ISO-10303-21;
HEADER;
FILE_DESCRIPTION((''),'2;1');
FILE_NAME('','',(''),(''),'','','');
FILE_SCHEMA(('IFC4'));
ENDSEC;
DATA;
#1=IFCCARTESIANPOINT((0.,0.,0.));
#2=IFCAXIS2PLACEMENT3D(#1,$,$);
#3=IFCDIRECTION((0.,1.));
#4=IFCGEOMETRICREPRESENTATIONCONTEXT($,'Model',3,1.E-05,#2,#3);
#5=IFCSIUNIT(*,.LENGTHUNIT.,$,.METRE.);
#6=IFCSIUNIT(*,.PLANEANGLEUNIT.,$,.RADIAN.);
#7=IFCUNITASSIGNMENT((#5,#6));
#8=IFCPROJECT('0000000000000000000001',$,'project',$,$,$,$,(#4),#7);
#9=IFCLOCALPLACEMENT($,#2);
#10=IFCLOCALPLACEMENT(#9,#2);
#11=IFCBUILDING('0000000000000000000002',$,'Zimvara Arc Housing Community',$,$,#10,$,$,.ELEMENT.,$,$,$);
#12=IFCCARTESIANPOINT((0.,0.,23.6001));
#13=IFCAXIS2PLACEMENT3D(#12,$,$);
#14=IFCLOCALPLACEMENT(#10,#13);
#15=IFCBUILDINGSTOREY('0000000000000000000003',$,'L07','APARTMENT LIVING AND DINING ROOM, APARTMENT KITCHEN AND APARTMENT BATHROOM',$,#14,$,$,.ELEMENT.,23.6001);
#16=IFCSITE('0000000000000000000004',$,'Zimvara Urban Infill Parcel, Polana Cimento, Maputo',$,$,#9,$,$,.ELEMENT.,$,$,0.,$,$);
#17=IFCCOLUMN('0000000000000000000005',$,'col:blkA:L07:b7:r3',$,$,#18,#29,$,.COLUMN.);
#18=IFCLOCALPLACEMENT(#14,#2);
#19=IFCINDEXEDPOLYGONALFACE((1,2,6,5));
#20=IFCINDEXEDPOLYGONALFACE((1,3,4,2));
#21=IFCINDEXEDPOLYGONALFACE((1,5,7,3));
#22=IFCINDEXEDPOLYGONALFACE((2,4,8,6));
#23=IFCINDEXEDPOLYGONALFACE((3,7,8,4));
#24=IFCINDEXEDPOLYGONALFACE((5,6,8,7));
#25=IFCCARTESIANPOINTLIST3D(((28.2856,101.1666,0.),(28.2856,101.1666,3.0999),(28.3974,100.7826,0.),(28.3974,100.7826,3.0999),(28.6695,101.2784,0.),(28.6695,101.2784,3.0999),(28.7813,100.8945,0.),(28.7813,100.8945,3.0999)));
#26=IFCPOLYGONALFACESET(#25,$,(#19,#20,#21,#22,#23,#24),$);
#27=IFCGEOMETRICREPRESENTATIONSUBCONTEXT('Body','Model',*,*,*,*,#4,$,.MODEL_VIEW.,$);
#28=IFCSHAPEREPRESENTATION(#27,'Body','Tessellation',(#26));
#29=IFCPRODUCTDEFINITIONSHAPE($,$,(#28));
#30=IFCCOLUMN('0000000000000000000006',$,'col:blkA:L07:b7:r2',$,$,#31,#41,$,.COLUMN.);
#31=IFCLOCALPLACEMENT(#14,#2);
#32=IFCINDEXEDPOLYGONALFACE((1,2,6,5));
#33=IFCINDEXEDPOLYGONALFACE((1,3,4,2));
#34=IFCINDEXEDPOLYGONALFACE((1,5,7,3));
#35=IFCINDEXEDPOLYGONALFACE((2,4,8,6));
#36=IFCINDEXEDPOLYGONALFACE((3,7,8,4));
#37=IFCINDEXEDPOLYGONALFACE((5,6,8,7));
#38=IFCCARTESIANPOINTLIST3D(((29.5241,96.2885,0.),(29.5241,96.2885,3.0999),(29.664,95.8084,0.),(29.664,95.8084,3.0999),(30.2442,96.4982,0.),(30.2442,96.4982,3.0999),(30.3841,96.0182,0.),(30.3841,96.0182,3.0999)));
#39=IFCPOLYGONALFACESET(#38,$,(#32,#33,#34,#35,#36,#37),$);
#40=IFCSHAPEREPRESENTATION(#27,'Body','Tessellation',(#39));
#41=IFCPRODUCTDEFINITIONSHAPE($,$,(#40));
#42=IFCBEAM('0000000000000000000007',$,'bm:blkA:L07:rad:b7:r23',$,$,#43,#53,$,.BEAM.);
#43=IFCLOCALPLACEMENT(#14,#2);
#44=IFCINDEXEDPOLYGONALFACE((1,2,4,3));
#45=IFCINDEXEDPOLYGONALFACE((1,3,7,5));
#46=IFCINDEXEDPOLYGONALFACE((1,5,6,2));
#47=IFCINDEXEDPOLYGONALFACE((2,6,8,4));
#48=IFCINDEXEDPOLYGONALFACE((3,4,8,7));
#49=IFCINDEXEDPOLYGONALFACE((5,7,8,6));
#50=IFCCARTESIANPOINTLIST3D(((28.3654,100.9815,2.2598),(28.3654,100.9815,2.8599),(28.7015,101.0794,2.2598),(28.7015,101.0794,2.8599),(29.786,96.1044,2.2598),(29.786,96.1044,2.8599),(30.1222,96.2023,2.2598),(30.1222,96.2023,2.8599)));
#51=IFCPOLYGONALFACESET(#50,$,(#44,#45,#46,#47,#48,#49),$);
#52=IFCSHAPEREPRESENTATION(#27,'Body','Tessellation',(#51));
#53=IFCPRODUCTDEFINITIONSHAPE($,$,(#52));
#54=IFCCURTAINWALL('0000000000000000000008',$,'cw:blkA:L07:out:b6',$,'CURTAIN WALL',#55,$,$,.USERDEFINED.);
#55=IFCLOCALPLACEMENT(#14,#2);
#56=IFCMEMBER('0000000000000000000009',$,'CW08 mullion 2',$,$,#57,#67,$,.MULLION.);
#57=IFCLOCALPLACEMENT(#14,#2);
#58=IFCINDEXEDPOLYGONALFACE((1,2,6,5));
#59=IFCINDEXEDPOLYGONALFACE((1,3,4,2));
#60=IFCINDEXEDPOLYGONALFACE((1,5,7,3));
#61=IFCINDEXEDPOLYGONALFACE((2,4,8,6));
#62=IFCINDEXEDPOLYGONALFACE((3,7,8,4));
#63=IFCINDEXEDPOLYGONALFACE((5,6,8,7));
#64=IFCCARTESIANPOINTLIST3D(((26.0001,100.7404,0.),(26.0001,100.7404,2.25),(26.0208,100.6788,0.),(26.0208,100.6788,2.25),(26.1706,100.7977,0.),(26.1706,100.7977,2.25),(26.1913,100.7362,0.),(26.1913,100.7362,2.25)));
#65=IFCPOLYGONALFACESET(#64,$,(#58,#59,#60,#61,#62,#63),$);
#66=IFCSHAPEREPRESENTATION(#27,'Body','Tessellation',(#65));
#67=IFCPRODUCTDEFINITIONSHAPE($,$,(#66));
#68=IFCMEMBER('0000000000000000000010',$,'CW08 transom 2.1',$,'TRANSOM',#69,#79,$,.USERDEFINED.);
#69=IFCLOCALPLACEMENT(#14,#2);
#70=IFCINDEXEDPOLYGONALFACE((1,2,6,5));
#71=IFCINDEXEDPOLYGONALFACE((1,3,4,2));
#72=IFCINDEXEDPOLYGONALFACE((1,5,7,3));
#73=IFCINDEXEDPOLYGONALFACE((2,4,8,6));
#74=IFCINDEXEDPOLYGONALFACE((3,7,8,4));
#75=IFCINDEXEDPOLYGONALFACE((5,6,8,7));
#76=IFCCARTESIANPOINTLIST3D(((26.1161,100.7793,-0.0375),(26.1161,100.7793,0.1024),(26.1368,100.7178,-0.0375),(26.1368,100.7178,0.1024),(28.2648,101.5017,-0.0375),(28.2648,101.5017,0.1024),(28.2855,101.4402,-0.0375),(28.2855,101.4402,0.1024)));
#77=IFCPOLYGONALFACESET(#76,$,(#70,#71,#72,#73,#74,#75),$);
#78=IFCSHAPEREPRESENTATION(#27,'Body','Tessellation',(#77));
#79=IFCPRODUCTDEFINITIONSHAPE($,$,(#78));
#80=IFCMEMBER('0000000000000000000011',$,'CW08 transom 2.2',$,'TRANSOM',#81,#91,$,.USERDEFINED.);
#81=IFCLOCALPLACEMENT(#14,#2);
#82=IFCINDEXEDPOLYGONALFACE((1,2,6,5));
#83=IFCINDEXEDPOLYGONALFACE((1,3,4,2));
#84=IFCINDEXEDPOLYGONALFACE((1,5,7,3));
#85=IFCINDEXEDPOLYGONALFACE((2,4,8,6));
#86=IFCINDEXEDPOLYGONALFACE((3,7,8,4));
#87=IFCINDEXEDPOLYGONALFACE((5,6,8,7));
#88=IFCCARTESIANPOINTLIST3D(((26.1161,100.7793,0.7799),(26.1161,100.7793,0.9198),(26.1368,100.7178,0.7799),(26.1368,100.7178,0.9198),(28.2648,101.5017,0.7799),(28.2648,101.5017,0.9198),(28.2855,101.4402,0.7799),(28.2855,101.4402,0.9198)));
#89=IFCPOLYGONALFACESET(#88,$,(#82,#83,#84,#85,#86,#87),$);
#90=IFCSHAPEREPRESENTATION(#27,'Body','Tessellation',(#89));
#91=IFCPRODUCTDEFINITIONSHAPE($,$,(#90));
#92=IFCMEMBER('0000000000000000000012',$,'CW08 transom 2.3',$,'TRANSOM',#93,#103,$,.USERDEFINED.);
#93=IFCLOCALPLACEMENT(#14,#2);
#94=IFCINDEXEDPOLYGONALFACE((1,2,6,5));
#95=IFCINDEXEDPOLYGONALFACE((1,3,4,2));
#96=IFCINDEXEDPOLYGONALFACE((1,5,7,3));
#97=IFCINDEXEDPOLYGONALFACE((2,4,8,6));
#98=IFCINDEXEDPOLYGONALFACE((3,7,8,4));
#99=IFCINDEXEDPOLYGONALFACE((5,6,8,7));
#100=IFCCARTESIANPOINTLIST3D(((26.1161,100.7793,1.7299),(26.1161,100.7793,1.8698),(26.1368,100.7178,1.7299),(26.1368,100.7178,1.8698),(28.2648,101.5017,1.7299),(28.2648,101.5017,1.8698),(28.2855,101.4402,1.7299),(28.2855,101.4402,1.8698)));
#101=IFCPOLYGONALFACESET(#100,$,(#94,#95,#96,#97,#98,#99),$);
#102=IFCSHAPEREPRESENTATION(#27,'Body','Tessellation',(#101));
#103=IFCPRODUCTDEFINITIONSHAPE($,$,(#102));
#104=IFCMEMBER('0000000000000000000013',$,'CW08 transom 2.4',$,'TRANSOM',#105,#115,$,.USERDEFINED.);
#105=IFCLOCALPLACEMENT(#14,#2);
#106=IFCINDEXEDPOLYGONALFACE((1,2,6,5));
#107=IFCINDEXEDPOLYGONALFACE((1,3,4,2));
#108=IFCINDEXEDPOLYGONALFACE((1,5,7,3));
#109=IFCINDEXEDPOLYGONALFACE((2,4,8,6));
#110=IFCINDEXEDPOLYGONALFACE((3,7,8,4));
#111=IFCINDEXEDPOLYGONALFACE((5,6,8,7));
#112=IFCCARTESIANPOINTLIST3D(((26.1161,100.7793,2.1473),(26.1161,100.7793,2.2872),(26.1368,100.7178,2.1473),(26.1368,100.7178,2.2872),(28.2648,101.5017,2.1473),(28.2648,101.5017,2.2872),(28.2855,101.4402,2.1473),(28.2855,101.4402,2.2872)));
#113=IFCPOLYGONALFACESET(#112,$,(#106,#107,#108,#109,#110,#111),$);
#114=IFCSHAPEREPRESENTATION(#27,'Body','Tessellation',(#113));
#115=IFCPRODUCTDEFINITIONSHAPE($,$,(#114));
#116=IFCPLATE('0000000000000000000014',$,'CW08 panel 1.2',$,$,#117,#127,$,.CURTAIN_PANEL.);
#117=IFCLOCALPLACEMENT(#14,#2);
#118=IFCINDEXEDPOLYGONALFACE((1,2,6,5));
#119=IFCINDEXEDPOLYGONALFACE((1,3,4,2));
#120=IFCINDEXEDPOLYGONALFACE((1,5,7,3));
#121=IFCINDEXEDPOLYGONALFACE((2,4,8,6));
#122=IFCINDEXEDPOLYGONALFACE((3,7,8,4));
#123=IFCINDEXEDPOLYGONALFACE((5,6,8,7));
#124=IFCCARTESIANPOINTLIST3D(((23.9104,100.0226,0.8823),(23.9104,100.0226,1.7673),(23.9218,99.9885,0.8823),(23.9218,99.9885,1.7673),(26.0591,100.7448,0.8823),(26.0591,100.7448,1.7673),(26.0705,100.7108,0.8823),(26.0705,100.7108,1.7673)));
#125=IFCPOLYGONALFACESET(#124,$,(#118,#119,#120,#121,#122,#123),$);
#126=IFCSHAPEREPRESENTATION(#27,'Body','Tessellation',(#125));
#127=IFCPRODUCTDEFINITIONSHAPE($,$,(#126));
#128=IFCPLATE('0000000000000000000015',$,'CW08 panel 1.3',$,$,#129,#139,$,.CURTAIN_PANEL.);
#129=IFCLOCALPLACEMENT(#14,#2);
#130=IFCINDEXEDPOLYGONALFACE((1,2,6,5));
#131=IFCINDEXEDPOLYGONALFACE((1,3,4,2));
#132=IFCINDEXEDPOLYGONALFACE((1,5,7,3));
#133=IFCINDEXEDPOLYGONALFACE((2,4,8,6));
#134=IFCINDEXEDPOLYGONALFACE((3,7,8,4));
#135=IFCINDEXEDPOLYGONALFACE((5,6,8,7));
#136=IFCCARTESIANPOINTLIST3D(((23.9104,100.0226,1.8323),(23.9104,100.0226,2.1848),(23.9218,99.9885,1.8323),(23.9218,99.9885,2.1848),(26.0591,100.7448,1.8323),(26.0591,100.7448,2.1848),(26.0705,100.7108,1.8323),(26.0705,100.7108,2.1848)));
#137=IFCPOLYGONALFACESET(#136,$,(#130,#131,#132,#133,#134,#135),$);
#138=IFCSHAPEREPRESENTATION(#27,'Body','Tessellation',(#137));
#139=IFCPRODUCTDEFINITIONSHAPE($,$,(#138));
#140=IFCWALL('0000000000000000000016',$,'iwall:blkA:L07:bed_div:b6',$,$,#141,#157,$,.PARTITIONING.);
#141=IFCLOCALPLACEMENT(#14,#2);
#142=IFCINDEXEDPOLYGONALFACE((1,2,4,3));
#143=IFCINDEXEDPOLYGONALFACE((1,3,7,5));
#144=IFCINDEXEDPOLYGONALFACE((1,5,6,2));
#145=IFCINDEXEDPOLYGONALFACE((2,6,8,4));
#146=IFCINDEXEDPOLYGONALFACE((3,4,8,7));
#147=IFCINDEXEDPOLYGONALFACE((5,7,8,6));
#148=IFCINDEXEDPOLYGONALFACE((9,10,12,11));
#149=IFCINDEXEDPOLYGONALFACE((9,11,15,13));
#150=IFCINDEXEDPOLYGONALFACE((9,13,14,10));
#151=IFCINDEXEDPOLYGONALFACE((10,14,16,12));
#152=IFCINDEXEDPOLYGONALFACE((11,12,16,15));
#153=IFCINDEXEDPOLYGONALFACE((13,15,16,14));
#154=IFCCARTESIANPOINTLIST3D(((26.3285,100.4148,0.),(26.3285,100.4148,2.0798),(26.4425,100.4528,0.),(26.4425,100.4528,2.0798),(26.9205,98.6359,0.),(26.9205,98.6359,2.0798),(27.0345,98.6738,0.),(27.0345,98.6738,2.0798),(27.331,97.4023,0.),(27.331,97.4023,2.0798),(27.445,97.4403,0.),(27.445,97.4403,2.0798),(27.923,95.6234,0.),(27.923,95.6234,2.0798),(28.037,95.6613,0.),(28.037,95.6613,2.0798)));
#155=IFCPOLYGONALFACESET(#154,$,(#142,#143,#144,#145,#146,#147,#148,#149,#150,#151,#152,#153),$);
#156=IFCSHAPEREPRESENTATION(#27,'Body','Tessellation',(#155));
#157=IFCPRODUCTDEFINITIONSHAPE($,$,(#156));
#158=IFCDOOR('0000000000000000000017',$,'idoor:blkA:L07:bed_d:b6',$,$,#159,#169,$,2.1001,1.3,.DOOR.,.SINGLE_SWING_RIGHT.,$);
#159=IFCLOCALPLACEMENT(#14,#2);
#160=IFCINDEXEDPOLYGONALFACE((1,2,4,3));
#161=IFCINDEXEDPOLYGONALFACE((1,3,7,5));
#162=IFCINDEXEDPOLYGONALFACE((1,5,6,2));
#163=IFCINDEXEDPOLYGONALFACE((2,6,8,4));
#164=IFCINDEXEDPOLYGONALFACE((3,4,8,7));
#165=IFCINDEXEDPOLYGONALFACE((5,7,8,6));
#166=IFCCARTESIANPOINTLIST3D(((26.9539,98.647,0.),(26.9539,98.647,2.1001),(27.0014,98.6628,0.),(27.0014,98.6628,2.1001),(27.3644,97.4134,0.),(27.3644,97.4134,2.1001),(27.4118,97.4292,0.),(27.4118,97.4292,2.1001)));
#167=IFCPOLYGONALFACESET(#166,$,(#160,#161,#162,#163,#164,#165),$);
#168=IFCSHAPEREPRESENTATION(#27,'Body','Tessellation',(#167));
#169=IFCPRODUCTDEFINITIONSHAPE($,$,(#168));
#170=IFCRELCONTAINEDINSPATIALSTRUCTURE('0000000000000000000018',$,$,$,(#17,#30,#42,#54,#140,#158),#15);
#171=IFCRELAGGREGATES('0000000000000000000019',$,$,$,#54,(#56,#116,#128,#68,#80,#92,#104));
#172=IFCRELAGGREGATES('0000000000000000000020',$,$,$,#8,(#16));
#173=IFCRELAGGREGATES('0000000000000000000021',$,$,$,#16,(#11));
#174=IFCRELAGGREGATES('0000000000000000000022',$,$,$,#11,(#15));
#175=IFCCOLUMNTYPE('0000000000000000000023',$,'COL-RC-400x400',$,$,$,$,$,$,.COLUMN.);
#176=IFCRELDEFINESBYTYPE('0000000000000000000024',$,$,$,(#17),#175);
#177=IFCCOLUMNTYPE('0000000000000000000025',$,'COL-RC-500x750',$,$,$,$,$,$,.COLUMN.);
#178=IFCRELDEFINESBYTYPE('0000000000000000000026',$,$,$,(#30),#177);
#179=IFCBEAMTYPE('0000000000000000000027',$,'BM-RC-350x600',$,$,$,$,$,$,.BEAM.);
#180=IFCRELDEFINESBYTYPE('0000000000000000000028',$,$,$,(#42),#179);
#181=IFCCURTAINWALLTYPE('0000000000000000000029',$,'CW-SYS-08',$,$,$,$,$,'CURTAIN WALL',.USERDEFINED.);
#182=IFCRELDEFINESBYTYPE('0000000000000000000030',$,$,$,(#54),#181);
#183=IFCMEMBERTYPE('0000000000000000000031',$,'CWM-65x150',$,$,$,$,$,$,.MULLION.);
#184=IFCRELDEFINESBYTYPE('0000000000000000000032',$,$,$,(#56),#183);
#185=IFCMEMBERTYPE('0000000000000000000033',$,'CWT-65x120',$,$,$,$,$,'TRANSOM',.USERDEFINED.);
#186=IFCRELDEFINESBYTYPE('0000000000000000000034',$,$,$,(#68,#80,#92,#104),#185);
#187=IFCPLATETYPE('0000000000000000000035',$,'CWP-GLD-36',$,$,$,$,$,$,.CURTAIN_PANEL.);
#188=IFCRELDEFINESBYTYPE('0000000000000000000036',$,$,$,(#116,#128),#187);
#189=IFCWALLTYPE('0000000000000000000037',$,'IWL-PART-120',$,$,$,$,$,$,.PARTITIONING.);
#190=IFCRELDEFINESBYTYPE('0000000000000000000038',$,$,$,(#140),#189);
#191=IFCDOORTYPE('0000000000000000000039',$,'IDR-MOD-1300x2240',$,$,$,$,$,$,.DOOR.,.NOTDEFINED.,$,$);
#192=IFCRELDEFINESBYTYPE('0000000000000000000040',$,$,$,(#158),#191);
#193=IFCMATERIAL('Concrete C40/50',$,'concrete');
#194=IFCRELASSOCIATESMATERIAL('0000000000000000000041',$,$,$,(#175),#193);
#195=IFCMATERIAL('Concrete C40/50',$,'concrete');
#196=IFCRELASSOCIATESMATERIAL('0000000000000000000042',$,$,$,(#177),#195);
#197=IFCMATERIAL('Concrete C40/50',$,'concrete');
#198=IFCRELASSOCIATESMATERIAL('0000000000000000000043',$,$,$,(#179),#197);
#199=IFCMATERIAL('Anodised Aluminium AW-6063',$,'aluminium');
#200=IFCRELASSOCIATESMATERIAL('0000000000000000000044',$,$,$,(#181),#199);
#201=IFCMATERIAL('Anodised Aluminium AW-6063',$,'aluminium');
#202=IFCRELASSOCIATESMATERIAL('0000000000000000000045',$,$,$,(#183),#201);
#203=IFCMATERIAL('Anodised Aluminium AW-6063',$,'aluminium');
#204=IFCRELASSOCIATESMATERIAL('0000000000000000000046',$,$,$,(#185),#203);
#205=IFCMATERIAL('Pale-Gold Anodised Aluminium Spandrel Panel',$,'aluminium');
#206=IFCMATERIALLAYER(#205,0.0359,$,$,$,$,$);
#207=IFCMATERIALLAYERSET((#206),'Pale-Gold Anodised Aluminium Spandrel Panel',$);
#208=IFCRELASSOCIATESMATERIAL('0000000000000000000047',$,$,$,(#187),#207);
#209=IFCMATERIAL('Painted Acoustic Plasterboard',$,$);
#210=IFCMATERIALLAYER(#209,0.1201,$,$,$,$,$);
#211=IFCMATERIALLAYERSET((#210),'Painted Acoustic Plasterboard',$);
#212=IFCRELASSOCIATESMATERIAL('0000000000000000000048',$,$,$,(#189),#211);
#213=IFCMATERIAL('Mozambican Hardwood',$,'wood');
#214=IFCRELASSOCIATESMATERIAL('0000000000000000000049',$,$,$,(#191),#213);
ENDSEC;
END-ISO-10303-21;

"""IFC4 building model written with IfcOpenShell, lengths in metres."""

from ifc_helpers import new_model, si_unit, direction, frame, frame_2d, origin, origin_2d, place, context, subcontext, project, spatial, rectangle, extrude, material, layer, layer_set, material_profile, profile_set, type_object, element, fill, aggregate, save


model = new_model("IFC4")

# Units and contexts
model_context = context("Model", 3, precision=1e-05, world=origin(), true_north=direction((0.0, 1.0)))
body_context = subcontext(model_context, "Body", "Model", "MODEL_VIEW")
ifc_project = project(units=[si_unit("LENGTHUNIT", "METRE"), si_unit("PLANEANGLEUNIT", "RADIAN")], contexts=[model_context])

# Site, building, storey
site_placement = place(None, origin())
site = spatial("IfcSite", under=ifc_project, at=site_placement, Name="Zimvara Urban Infill Parcel, Polana Cimento, Maputo", CompositionType="ELEMENT", RefElevation=0.0)
building_placement = place(site_placement, origin())
building = spatial("IfcBuilding", under=site, at=building_placement, Name="Zimvara Arc Housing Community", CompositionType="ELEMENT")
storey_placement = place(building_placement, frame((0.0, 0.0, 23.6001)))
storey = spatial("IfcBuildingStorey", under=building, at=storey_placement, Name="L07", Description="APARTMENT LIVING AND DINING ROOM, APARTMENT KITCHEN AND APARTMENT BATHROOM", CompositionType="ELEMENT", Elevation=23.6001)

# Columns
ifc_material_1 = material(Name="Concrete C40/50", Category="concrete")
ifc_material_profile_1 = material_profile(ifc_material_1, rectangle(XDim=0.3999, YDim=0.3999, at=origin_2d()), Name="RC 400x400")
ifc_profile_set_1 = profile_set([ifc_material_profile_1], Name="Concrete C40/50")
column_type_1 = type_object("IfcColumnType", Name="COL-RC-400x400", PredefinedType="COLUMN", material=ifc_profile_set_1)
column_1_placement = place(storey_placement, frame((28.5334, 101.0305, 0.0), z_axis=(0.0, 0.0, 1.0), x_axis=(-0.279661, 0.960099, 0.0)))
element("IfcColumn", 1, at=column_1_placement, inside=storey, type_object=column_type_1, Name="col:blkA:L07:b7:r3", PredefinedType="COLUMN", context=body_context, shape_type="SweptSolid", body=[
    extrude(rectangle(XDim=0.3999, YDim=0.3999, at=origin_2d()), origin(), (0.0, 0.0, 1.0), 3.0999),
])
ifc_material_2 = material(Name="Concrete C40/50", Category="concrete")
ifc_material_profile_2 = material_profile(ifc_material_2, rectangle(XDim=0.5, YDim=0.75, at=origin_2d()), Name="RC 500x750")
ifc_profile_set_2 = profile_set([ifc_material_profile_2], Name="Concrete C40/50")
column_type_2 = type_object("IfcColumnType", Name="COL-RC-500x750", PredefinedType="COLUMN", material=ifc_profile_set_2)
column_2_placement = place(storey_placement, frame((29.9541, 96.1533, 0.0), z_axis=(0.0, 0.0, 1.0), x_axis=(-0.279661, 0.960099, 0.0)))
element("IfcColumn", 2, at=column_2_placement, inside=storey, type_object=column_type_2, Name="col:blkA:L07:b7:r2", PredefinedType="COLUMN", context=body_context, shape_type="SweptSolid", body=[
    extrude(rectangle(XDim=0.5, YDim=0.75, at=origin_2d()), origin(), (0.0, 0.0, 1.0), 3.0999),
])

# Beam
ifc_material_3 = material(Name="Concrete C40/50", Category="concrete")
ifc_material_profile_3 = material_profile(ifc_material_3, rectangle(XDim=0.3501, YDim=0.6001, at=origin_2d()), Name="RC 350x600")
ifc_profile_set_3 = profile_set([ifc_material_profile_3], Name="Concrete C40/50")
beam_type = type_object("IfcBeamType", Name="BM-RC-350x600", PredefinedType="BEAM", material=ifc_profile_set_3)
beam_placement = place(storey_placement, frame((29.9541, 96.1533, 2.5598), z_axis=(-0.279662, 0.960098, 0.0), x_axis=(-0.960098, -0.279662, 0.0)))
element("IfcBeam", 3, at=beam_placement, inside=storey, type_object=beam_type, Name="bm:blkA:L07:rad:b7:r23", PredefinedType="BEAM", context=body_context, shape_type="SweptSolid", body=[
    extrude(rectangle(XDim=0.3501, YDim=0.6001, at=origin_2d()), origin(), (0.0, 0.0, 1.0), 5.0798),
])

# Curtain wall, members, plates
ifc_material_4 = material(Name="Anodised Aluminium AW-6063", Category="aluminium")
curtain_wall_type = type_object("IfcCurtainWallType", Name="CW-SYS-08", ElementType="CURTAIN WALL", PredefinedType="USERDEFINED", material=ifc_material_4)
curtain_wall_placement = place(storey_placement, origin())
curtain_wall = element("IfcCurtainWall", 4, at=curtain_wall_placement, inside=storey, type_object=curtain_wall_type, Name="cw:blkA:L07:out:b6", ObjectType="CURTAIN WALL", PredefinedType="USERDEFINED")
ifc_material_5 = material(Name="Anodised Aluminium AW-6063", Category="aluminium")
ifc_material_profile_4 = material_profile(ifc_material_5, rectangle(XDim=0.0649, YDim=0.1799, at=origin_2d()), Name="ALU 65x180")
ifc_profile_set_4 = profile_set([ifc_material_profile_4], Name="Anodised Aluminium AW-6063")
member_type_1 = type_object("IfcMemberType", Name="CWM-65x150", PredefinedType="MULLION", material=ifc_profile_set_4)
member_1_placement = place(storey_placement, frame((26.0957, 100.7383, 0.0), z_axis=(0.0, 0.0, 1.0), x_axis=(-0.318629, 0.94788, 0.0)))
member_1 = element("IfcMember", 5, at=member_1_placement, type_object=member_type_1, Name="CW08 mullion 2", PredefinedType="MULLION", context=body_context, shape_type="SweptSolid", body=[
    extrude(rectangle(XDim=0.0649, YDim=0.1799, at=origin_2d()), origin(), (0.0, 0.0, 1.0), 2.25),
])
ifc_material_6 = material(Name="Anodised Aluminium AW-6063", Category="aluminium")
ifc_material_profile_5 = material_profile(ifc_material_6, rectangle(XDim=0.0649, YDim=0.1399, at=origin_2d()), Name="ALU 65x140")
ifc_profile_set_5 = profile_set([ifc_material_profile_5], Name="Anodised Aluminium AW-6063")
member_type_2 = type_object("IfcMemberType", Name="CWT-65x120", ElementType="TRANSOM", PredefinedType="USERDEFINED", material=ifc_profile_set_5)
member_2_placement = place(storey_placement, frame((26.1265, 100.7485, 0.0325), z_axis=(0.947862, 0.318682, 0.0), x_axis=(-0.318682, 0.947862, 0.0)))
member_2 = element("IfcMember", 6, at=member_2_placement, type_object=member_type_2, Name="CW08 transom 2.1", ObjectType="TRANSOM", PredefinedType="USERDEFINED", context=body_context, shape_type="SweptSolid", body=[
    extrude(rectangle(XDim=0.0649, YDim=0.1399, at=origin_2d()), origin(), (0.0, 0.0, 1.0), 2.2668),
])
member_3_placement = place(storey_placement, frame((26.1265, 100.7485, 0.8499), z_axis=(0.947862, 0.318682, 0.0), x_axis=(-0.318682, 0.947862, 0.0)))
member_3 = element("IfcMember", 7, at=member_3_placement, type_object=member_type_2, Name="CW08 transom 2.2", ObjectType="TRANSOM", PredefinedType="USERDEFINED", context=body_context, shape_type="SweptSolid", body=[
    extrude(rectangle(XDim=0.0649, YDim=0.1399, at=origin_2d()), origin(), (0.0, 0.0, 1.0), 2.2668),
])
member_4_placement = place(storey_placement, frame((26.1265, 100.7485, 1.7998), z_axis=(0.947862, 0.318682, 0.0), x_axis=(-0.318682, 0.947862, 0.0)))
member_4 = element("IfcMember", 8, at=member_4_placement, type_object=member_type_2, Name="CW08 transom 2.3", ObjectType="TRANSOM", PredefinedType="USERDEFINED", context=body_context, shape_type="SweptSolid", body=[
    extrude(rectangle(XDim=0.0649, YDim=0.1399, at=origin_2d()), origin(), (0.0, 0.0, 1.0), 2.2668),
])
member_5_placement = place(storey_placement, frame((26.1265, 100.7485, 2.2173), z_axis=(0.947862, 0.318682, 0.0), x_axis=(-0.318682, 0.947862, 0.0)))
member_5 = element("IfcMember", 9, at=member_5_placement, type_object=member_type_2, Name="CW08 transom 2.4", ObjectType="TRANSOM", PredefinedType="USERDEFINED", context=body_context, shape_type="SweptSolid", body=[
    extrude(rectangle(XDim=0.0649, YDim=0.1399, at=origin_2d()), origin(), (0.0, 0.0, 1.0), 2.2668),
])
ifc_material_7 = material(Name="Pale-Gold Anodised Aluminium Spandrel Panel", Category="aluminium")
ifc_layer_1 = layer(ifc_material_7, 0.0359)
ifc_layer_set_1 = layer_set([ifc_layer_1], Name="Pale-Gold Anodised Aluminium Spandrel Panel")
plate_type = type_object("IfcPlateType", Name="CWP-GLD-36", PredefinedType="CURTAIN_PANEL", material=ifc_layer_set_1)
plate_1_placement = place(storey_placement, frame((24.9905, 100.3667, 0.8823), z_axis=(0.0, 0.0, 1.0), x_axis=(0.94788, 0.318629, 0.0)))
plate_1 = element("IfcPlate", 10, at=plate_1_placement, type_object=plate_type, Name="CW08 panel 1.2", PredefinedType="CURTAIN_PANEL", context=body_context, shape_type="SweptSolid", body=[
    extrude(rectangle(XDim=2.2668, YDim=0.0359, at=origin_2d()), origin(), (0.0, 0.0, 1.0), 0.885),
])
plate_2_placement = place(storey_placement, frame((24.9905, 100.3667, 1.8323), z_axis=(0.0, 0.0, 1.0), x_axis=(0.94788, 0.318629, 0.0)))
plate_2 = element("IfcPlate", 11, at=plate_2_placement, type_object=plate_type, Name="CW08 panel 1.3", PredefinedType="CURTAIN_PANEL", context=body_context, shape_type="SweptSolid", body=[
    extrude(rectangle(XDim=2.2668, YDim=0.0359, at=origin_2d()), origin(), (0.0, 0.0, 1.0), 0.3525),
])
aggregate(curtain_wall, [member_1, plate_1, plate_2, member_2, member_3, member_4, member_5])

# Wall, opening, door
ifc_material_8 = material(Name="Painted Acoustic Plasterboard")
ifc_layer_2 = layer(ifc_material_8, 0.1201)
ifc_layer_set_2 = layer_set([ifc_layer_2], Name="Painted Acoustic Plasterboard")
wall_type_1 = type_object("IfcWallType", Name="IWL-PART-120", PredefinedType="PARTITIONING", material=ifc_layer_set_2)
wall_1_placement = place(storey_placement, frame((27.98, 95.6423, 0.0), z_axis=(0.0, 0.0, 1.0), x_axis=(-0.315749, 0.948843, 0.0)))
wall_1 = element("IfcWall", 12, at=wall_1_placement, inside=storey, type_object=wall_type_1, Name="iwall:blkA:L07:bed_div:b6", PredefinedType="PARTITIONING", context=body_context, shape_type="SweptSolid", body=[
    extrude(rectangle(XDim=5.0498, YDim=0.1201, at=frame_2d((2.5249, 0.0))), origin(), (0.0, 0.0, 1.0), 2.0798),
])
opening_1_placement = place(wall_1_placement, frame((1.875, 0.0, 0.0)))
opening_1 = element("IfcOpeningElement", 13, at=opening_1_placement, cuts=wall_1, PredefinedType="OPENING", context=body_context, shape_type="SweptSolid", body=[
    extrude(rectangle(XDim=1.3, YDim=2.1001, at=frame_2d((0.6499, 1.05))), frame((0.0, 0.0701, 0.0), z_axis=(0.0, -1.0, 0.0), x_axis=(1.0, 0.0, 0.0)), (0.0, 0.0, 1.0), 0.1401),
])
ifc_material_9 = material(Name="Mozambican Hardwood", Category="wood")
door_type_1 = type_object("IfcDoorType", Name="IDR-MOD-1300x2240", OperationType="NOTDEFINED", PredefinedType="DOOR", material=ifc_material_9)
door_1_placement = place(opening_1_placement, origin())
door_1 = element("IfcDoor", 14, at=door_1_placement, inside=storey, type_object=door_type_1, Name="idoor:blkA:L07:bed_d:b6", OperationType="SINGLE_SWING_RIGHT", OverallHeight=2.1001, OverallWidth=1.3, PredefinedType="DOOR", context=body_context, shape_type="SweptSolid", body=[
    extrude(rectangle(XDim=1.3, YDim=2.1001, at=frame_2d((0.6499, 1.05))), frame((0.0, 0.0249, 0.0), z_axis=(0.0, -1.0, 0.0), x_axis=(1.0, 0.0, 0.0)), (0.0, 0.0, 1.0), 0.05),
])
fill(opening_1, door_1)

save(model, "model.ifc")
